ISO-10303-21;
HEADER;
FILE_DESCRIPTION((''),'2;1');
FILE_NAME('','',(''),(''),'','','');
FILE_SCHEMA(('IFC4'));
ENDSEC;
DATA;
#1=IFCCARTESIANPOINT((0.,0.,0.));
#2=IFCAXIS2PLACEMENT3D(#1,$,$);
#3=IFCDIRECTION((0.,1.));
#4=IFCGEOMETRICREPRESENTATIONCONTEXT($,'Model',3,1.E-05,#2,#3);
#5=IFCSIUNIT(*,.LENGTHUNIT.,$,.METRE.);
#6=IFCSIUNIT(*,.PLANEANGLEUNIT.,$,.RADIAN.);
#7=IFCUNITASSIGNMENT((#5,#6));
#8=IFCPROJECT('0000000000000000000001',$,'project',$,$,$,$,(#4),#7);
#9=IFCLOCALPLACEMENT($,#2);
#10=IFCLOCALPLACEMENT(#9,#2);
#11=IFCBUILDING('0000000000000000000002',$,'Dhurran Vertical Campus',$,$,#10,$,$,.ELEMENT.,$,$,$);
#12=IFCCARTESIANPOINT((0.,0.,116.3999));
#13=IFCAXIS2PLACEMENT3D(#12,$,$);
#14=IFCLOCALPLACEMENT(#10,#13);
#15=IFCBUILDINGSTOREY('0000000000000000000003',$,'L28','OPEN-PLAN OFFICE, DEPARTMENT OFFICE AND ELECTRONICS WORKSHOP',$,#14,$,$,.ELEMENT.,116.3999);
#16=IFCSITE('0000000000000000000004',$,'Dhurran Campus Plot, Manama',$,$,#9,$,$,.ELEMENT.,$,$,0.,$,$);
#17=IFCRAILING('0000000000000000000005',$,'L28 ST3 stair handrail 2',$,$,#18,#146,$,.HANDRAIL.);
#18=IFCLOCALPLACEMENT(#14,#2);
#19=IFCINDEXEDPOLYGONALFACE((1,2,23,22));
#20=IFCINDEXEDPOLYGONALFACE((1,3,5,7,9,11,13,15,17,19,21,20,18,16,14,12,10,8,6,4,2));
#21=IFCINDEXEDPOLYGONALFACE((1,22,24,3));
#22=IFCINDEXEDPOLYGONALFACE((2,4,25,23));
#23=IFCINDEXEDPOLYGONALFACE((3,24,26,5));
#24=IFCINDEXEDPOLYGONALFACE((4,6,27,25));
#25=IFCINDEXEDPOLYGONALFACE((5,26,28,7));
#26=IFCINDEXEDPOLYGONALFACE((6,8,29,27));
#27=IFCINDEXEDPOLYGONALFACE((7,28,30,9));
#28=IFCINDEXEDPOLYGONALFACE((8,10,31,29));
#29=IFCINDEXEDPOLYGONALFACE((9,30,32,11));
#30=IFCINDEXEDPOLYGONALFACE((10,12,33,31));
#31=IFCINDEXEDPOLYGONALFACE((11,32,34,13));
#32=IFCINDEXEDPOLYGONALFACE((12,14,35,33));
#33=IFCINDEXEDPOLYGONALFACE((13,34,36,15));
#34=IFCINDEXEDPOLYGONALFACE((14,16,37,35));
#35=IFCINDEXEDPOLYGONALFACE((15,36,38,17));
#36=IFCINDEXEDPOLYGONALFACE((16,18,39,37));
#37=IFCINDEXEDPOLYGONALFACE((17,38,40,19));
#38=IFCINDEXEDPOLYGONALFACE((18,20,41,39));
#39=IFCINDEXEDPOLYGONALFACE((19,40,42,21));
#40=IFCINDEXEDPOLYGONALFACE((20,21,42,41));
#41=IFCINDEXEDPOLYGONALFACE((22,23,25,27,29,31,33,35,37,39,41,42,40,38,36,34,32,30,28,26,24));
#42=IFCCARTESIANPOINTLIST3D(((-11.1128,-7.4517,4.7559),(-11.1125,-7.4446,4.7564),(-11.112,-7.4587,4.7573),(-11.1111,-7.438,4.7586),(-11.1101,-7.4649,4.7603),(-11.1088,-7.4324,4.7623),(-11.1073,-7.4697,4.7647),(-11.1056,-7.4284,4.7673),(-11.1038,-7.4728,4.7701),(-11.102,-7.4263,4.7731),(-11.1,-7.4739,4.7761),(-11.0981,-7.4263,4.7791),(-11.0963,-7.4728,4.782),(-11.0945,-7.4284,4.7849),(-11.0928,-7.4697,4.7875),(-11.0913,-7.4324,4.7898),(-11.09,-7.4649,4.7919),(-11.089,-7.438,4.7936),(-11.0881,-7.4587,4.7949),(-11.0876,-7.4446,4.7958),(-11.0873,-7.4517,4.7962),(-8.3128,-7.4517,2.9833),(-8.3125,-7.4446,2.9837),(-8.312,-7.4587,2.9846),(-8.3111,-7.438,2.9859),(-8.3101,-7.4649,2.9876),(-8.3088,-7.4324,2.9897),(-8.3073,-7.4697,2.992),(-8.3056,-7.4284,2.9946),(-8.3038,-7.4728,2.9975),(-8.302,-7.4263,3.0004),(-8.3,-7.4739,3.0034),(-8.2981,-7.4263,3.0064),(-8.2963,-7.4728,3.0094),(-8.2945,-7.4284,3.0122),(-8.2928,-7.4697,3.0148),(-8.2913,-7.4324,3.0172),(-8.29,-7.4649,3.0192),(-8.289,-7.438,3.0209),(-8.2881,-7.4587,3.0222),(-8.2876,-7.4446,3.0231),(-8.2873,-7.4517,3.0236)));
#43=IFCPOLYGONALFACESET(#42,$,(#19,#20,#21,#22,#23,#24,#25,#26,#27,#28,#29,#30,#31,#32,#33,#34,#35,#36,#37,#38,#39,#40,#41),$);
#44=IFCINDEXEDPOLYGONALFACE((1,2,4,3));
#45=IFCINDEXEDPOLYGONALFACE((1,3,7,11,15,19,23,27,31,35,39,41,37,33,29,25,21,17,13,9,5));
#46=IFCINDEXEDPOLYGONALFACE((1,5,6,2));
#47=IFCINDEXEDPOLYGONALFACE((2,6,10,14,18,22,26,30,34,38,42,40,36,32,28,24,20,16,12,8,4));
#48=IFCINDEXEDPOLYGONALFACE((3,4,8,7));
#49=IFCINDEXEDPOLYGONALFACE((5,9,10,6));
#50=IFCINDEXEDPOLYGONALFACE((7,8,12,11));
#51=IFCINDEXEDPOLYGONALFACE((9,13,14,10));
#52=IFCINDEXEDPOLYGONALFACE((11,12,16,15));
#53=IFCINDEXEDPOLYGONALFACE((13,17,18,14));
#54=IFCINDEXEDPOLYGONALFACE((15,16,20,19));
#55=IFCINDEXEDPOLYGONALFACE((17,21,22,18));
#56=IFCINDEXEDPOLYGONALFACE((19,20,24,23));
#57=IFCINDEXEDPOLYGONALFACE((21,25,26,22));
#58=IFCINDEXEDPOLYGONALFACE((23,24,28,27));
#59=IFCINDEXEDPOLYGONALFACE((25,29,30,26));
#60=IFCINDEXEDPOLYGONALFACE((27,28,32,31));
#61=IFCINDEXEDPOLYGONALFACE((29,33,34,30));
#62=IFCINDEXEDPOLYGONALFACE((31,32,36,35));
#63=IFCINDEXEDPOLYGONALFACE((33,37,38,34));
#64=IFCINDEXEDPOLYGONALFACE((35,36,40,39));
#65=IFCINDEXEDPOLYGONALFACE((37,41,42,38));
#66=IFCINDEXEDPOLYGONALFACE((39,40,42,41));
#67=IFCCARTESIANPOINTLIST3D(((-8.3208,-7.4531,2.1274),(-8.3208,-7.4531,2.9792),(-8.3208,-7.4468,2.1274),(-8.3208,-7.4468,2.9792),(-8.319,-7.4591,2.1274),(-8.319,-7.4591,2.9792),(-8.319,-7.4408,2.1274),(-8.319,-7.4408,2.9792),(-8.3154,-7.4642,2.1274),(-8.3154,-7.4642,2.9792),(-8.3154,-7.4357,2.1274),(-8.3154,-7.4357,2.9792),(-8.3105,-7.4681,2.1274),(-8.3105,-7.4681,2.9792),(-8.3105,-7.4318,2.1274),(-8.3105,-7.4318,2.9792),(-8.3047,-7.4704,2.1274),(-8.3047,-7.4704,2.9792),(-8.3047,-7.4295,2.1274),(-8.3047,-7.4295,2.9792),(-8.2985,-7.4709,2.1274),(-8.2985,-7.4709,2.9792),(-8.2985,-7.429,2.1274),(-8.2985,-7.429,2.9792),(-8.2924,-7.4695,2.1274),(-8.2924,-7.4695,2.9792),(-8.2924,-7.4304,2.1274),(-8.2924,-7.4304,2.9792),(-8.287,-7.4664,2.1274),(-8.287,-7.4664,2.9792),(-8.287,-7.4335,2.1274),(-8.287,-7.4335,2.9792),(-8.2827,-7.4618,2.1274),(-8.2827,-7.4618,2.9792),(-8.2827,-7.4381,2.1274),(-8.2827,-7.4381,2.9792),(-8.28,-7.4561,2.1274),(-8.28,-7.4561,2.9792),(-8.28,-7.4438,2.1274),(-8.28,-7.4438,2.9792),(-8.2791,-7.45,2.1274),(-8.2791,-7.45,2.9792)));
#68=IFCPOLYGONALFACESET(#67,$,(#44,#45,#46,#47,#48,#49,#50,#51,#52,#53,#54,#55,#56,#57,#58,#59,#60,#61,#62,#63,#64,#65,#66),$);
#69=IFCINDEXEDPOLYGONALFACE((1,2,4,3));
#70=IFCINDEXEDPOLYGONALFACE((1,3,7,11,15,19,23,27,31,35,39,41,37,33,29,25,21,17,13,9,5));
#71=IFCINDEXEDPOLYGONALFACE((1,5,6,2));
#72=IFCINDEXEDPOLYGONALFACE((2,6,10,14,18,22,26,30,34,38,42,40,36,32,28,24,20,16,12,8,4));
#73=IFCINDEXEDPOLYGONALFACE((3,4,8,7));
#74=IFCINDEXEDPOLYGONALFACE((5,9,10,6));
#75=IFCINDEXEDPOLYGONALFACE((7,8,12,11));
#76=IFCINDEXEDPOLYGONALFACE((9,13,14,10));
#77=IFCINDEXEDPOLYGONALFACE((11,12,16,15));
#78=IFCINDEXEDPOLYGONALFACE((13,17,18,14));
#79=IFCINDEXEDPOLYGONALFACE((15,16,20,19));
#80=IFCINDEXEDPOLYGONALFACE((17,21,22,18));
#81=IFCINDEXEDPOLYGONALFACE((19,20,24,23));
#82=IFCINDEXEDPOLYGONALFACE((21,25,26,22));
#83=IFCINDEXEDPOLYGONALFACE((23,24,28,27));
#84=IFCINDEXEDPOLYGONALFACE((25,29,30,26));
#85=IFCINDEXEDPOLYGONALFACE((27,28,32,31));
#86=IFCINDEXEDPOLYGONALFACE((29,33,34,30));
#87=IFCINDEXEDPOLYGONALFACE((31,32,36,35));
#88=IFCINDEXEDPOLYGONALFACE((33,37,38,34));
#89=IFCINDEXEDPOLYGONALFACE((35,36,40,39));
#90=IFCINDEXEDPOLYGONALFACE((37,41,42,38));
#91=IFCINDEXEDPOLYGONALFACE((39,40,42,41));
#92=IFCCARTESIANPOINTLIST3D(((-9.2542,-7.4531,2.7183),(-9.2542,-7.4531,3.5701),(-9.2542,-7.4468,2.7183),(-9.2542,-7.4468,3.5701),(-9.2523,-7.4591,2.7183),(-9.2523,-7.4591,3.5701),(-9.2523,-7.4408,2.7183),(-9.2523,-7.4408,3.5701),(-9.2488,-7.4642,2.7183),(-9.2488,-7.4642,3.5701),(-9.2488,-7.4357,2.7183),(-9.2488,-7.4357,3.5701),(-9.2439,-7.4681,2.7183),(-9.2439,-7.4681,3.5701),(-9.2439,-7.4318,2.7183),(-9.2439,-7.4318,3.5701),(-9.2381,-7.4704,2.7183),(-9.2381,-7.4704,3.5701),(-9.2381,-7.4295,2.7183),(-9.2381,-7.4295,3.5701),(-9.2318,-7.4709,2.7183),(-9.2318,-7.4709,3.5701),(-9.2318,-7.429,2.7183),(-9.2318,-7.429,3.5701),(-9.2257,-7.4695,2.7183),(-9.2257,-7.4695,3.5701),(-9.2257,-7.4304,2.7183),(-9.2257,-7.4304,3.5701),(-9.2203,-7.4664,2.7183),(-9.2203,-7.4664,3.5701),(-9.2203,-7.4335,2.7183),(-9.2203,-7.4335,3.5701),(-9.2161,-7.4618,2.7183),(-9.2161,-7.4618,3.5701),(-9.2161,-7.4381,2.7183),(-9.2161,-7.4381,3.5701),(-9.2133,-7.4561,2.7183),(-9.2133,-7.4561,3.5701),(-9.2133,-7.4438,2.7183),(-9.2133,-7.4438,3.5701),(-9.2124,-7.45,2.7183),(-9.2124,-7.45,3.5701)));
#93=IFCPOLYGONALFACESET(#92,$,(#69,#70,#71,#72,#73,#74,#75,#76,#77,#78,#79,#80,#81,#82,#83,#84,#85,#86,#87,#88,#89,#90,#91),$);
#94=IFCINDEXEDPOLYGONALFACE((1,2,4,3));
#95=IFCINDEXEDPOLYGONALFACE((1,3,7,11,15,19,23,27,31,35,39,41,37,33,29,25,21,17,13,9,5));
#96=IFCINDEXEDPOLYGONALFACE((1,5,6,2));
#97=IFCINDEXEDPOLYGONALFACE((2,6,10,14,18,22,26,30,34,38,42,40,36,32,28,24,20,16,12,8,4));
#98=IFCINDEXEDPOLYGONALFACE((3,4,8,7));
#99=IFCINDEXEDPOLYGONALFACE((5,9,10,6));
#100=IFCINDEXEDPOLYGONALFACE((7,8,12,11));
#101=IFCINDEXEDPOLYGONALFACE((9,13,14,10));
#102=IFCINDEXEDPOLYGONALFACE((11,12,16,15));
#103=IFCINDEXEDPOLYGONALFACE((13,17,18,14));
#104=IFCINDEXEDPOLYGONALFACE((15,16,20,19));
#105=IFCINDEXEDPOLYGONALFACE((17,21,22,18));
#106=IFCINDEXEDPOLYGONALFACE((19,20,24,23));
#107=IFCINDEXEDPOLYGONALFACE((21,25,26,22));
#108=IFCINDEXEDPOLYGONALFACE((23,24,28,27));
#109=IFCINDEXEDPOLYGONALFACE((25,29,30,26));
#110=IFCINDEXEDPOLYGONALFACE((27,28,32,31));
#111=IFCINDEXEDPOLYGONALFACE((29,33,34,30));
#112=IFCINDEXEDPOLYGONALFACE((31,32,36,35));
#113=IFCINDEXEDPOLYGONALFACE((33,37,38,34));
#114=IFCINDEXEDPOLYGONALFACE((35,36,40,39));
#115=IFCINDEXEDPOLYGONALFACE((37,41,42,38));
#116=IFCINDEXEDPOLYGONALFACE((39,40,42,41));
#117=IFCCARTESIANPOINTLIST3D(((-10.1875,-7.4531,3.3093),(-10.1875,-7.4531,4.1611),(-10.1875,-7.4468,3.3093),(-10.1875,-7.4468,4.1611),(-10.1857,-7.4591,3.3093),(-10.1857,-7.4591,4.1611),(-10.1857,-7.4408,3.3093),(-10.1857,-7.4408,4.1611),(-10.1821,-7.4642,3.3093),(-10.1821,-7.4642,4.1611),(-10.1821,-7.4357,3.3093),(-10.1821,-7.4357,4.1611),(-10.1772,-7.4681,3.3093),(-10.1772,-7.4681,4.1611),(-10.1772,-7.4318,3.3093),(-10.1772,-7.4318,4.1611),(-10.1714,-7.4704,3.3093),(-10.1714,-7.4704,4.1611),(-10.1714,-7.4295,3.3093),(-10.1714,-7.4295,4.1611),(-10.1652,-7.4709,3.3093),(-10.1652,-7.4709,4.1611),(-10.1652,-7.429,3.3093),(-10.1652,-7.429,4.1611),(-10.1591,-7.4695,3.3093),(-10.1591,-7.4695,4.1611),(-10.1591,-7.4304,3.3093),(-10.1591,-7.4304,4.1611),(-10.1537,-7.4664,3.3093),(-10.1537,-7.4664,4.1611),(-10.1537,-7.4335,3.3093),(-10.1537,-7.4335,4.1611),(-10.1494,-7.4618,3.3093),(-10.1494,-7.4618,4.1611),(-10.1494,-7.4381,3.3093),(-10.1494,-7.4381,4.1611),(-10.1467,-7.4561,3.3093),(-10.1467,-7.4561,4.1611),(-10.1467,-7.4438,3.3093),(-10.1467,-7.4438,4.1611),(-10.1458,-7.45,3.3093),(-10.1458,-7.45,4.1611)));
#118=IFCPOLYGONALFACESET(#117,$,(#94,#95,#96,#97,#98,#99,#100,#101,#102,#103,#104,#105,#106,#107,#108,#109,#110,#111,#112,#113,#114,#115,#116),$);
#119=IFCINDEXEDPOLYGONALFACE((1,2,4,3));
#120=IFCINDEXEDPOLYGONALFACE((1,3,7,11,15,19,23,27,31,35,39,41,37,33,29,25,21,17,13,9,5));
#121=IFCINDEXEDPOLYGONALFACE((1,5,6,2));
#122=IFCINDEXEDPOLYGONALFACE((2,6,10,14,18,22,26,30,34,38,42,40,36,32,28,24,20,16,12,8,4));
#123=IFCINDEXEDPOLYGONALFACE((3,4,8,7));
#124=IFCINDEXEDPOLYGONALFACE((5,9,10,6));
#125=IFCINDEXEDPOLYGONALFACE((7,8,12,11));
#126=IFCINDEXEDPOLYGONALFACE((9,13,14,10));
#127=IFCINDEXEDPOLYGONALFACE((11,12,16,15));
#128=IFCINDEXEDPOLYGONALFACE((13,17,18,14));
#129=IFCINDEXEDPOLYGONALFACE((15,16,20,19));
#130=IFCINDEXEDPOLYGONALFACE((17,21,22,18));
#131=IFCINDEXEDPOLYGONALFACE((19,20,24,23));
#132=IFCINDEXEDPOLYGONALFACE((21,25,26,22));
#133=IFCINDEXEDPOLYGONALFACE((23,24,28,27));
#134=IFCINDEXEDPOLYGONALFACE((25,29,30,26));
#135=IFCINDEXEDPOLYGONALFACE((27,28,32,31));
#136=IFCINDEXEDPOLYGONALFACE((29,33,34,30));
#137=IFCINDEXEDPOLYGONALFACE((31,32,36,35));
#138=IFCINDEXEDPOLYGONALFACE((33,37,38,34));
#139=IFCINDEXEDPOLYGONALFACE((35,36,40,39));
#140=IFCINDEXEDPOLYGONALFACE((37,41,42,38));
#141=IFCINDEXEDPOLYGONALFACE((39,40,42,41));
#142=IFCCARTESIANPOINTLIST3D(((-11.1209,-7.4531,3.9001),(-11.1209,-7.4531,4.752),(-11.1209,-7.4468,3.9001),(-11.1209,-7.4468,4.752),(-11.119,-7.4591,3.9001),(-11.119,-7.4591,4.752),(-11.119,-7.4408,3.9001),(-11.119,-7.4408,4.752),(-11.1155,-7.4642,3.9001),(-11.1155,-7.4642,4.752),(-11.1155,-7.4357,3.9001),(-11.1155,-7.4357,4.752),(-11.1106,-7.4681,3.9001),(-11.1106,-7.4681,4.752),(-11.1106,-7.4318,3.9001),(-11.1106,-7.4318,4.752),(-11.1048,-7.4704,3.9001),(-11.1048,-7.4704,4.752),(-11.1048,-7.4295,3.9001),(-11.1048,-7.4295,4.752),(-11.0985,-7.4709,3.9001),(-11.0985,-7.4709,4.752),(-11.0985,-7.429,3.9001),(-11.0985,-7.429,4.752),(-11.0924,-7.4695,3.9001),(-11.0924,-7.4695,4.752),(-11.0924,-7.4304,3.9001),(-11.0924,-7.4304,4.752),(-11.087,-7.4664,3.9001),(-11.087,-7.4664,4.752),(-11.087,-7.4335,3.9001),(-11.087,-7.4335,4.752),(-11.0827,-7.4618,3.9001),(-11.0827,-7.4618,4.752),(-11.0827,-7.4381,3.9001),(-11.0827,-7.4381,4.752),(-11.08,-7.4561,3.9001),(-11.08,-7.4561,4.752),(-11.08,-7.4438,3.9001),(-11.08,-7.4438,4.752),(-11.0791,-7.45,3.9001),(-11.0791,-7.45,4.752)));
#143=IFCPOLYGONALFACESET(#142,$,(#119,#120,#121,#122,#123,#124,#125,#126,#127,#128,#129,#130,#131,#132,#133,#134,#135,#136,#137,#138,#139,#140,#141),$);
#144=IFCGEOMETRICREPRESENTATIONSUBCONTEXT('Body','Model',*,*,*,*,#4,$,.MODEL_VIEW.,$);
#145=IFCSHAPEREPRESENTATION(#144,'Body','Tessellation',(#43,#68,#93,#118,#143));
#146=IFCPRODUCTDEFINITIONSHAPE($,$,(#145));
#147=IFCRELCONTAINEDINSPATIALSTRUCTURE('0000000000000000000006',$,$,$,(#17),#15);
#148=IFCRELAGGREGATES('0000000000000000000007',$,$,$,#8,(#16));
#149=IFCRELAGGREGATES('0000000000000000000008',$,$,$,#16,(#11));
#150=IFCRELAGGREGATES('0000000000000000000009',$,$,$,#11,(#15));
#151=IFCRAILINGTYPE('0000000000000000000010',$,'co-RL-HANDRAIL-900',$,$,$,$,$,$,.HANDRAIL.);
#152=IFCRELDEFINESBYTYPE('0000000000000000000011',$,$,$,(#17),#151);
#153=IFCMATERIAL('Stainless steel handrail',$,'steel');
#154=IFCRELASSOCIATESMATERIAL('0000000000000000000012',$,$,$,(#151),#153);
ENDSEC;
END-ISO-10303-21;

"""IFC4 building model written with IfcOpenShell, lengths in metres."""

from ifc_helpers import new_model, si_unit, direction, frame, origin, origin_2d, place, context, subcontext, project, spatial, circle, extrude, material, type_object, element, save


model = new_model("IFC4")

# Units and contexts
model_context = context("Model", 3, precision=1e-05, world=origin(), true_north=direction((0.0, 1.0)))
body_context = subcontext(model_context, "Body", "Model", "MODEL_VIEW")
ifc_project = project(units=[si_unit("LENGTHUNIT", "METRE"), si_unit("PLANEANGLEUNIT", "RADIAN")], contexts=[model_context])

# Site, building, storey
site_placement = place(None, origin())
site = spatial("IfcSite", under=ifc_project, at=site_placement, Name="Dhurran Campus Plot, Manama", CompositionType="ELEMENT", RefElevation=0.0)
building_placement = place(site_placement, origin())
building = spatial("IfcBuilding", under=site, at=building_placement, Name="Dhurran Vertical Campus", CompositionType="ELEMENT")
storey_placement = place(building_placement, frame((0.0, 0.0, 116.3999)))
storey = spatial("IfcBuildingStorey", under=building, at=storey_placement, Name="L28", Description="OPEN-PLAN OFFICE, DEPARTMENT OFFICE AND ELECTRONICS WORKSHOP", CompositionType="ELEMENT", Elevation=116.3999)

# Railing
ifc_material_1 = material(Name="Stainless steel handrail", Category="steel")
railing_type_1 = type_object("IfcRailingType", Name="co-RL-HANDRAIL-900", PredefinedType="HANDRAIL", material=ifc_material_1)
railing_1_placement = place(storey_placement, frame((-8.3, -7.45, 2.1274)))
element("IfcRailing", 1, at=railing_1_placement, inside=storey, type_object=railing_type_1, Name="L28 ST3 stair handrail 2", PredefinedType="HANDRAIL", context=body_context, shape_type="SweptSolid", body=[
    extrude(circle(Radius=0.0239, at=origin_2d()), frame((0.0, 0.0, 0.876), z_axis=(-0.844909, 0.0, 0.53491), x_axis=(0.0, -1.0, 0.0)), (0.0, 0.0, 1.0), 3.314),
    extrude(circle(Radius=0.021, at=origin_2d()), origin(), (0.0, 0.0, 1.0), 0.8518),
    extrude(circle(Radius=0.021, at=origin_2d()), frame((-0.9333, 0.0, 0.5908)), (0.0, 0.0, 1.0), 0.8518),
    extrude(circle(Radius=0.021, at=origin_2d()), frame((-1.8667, 0.0, 1.1819)), (0.0, 0.0, 1.0), 0.8518),
    extrude(circle(Radius=0.021, at=origin_2d()), frame((-2.8, 0.0, 1.7727)), (0.0, 0.0, 1.0), 0.8518),
])

save(model, "model.ifc")
